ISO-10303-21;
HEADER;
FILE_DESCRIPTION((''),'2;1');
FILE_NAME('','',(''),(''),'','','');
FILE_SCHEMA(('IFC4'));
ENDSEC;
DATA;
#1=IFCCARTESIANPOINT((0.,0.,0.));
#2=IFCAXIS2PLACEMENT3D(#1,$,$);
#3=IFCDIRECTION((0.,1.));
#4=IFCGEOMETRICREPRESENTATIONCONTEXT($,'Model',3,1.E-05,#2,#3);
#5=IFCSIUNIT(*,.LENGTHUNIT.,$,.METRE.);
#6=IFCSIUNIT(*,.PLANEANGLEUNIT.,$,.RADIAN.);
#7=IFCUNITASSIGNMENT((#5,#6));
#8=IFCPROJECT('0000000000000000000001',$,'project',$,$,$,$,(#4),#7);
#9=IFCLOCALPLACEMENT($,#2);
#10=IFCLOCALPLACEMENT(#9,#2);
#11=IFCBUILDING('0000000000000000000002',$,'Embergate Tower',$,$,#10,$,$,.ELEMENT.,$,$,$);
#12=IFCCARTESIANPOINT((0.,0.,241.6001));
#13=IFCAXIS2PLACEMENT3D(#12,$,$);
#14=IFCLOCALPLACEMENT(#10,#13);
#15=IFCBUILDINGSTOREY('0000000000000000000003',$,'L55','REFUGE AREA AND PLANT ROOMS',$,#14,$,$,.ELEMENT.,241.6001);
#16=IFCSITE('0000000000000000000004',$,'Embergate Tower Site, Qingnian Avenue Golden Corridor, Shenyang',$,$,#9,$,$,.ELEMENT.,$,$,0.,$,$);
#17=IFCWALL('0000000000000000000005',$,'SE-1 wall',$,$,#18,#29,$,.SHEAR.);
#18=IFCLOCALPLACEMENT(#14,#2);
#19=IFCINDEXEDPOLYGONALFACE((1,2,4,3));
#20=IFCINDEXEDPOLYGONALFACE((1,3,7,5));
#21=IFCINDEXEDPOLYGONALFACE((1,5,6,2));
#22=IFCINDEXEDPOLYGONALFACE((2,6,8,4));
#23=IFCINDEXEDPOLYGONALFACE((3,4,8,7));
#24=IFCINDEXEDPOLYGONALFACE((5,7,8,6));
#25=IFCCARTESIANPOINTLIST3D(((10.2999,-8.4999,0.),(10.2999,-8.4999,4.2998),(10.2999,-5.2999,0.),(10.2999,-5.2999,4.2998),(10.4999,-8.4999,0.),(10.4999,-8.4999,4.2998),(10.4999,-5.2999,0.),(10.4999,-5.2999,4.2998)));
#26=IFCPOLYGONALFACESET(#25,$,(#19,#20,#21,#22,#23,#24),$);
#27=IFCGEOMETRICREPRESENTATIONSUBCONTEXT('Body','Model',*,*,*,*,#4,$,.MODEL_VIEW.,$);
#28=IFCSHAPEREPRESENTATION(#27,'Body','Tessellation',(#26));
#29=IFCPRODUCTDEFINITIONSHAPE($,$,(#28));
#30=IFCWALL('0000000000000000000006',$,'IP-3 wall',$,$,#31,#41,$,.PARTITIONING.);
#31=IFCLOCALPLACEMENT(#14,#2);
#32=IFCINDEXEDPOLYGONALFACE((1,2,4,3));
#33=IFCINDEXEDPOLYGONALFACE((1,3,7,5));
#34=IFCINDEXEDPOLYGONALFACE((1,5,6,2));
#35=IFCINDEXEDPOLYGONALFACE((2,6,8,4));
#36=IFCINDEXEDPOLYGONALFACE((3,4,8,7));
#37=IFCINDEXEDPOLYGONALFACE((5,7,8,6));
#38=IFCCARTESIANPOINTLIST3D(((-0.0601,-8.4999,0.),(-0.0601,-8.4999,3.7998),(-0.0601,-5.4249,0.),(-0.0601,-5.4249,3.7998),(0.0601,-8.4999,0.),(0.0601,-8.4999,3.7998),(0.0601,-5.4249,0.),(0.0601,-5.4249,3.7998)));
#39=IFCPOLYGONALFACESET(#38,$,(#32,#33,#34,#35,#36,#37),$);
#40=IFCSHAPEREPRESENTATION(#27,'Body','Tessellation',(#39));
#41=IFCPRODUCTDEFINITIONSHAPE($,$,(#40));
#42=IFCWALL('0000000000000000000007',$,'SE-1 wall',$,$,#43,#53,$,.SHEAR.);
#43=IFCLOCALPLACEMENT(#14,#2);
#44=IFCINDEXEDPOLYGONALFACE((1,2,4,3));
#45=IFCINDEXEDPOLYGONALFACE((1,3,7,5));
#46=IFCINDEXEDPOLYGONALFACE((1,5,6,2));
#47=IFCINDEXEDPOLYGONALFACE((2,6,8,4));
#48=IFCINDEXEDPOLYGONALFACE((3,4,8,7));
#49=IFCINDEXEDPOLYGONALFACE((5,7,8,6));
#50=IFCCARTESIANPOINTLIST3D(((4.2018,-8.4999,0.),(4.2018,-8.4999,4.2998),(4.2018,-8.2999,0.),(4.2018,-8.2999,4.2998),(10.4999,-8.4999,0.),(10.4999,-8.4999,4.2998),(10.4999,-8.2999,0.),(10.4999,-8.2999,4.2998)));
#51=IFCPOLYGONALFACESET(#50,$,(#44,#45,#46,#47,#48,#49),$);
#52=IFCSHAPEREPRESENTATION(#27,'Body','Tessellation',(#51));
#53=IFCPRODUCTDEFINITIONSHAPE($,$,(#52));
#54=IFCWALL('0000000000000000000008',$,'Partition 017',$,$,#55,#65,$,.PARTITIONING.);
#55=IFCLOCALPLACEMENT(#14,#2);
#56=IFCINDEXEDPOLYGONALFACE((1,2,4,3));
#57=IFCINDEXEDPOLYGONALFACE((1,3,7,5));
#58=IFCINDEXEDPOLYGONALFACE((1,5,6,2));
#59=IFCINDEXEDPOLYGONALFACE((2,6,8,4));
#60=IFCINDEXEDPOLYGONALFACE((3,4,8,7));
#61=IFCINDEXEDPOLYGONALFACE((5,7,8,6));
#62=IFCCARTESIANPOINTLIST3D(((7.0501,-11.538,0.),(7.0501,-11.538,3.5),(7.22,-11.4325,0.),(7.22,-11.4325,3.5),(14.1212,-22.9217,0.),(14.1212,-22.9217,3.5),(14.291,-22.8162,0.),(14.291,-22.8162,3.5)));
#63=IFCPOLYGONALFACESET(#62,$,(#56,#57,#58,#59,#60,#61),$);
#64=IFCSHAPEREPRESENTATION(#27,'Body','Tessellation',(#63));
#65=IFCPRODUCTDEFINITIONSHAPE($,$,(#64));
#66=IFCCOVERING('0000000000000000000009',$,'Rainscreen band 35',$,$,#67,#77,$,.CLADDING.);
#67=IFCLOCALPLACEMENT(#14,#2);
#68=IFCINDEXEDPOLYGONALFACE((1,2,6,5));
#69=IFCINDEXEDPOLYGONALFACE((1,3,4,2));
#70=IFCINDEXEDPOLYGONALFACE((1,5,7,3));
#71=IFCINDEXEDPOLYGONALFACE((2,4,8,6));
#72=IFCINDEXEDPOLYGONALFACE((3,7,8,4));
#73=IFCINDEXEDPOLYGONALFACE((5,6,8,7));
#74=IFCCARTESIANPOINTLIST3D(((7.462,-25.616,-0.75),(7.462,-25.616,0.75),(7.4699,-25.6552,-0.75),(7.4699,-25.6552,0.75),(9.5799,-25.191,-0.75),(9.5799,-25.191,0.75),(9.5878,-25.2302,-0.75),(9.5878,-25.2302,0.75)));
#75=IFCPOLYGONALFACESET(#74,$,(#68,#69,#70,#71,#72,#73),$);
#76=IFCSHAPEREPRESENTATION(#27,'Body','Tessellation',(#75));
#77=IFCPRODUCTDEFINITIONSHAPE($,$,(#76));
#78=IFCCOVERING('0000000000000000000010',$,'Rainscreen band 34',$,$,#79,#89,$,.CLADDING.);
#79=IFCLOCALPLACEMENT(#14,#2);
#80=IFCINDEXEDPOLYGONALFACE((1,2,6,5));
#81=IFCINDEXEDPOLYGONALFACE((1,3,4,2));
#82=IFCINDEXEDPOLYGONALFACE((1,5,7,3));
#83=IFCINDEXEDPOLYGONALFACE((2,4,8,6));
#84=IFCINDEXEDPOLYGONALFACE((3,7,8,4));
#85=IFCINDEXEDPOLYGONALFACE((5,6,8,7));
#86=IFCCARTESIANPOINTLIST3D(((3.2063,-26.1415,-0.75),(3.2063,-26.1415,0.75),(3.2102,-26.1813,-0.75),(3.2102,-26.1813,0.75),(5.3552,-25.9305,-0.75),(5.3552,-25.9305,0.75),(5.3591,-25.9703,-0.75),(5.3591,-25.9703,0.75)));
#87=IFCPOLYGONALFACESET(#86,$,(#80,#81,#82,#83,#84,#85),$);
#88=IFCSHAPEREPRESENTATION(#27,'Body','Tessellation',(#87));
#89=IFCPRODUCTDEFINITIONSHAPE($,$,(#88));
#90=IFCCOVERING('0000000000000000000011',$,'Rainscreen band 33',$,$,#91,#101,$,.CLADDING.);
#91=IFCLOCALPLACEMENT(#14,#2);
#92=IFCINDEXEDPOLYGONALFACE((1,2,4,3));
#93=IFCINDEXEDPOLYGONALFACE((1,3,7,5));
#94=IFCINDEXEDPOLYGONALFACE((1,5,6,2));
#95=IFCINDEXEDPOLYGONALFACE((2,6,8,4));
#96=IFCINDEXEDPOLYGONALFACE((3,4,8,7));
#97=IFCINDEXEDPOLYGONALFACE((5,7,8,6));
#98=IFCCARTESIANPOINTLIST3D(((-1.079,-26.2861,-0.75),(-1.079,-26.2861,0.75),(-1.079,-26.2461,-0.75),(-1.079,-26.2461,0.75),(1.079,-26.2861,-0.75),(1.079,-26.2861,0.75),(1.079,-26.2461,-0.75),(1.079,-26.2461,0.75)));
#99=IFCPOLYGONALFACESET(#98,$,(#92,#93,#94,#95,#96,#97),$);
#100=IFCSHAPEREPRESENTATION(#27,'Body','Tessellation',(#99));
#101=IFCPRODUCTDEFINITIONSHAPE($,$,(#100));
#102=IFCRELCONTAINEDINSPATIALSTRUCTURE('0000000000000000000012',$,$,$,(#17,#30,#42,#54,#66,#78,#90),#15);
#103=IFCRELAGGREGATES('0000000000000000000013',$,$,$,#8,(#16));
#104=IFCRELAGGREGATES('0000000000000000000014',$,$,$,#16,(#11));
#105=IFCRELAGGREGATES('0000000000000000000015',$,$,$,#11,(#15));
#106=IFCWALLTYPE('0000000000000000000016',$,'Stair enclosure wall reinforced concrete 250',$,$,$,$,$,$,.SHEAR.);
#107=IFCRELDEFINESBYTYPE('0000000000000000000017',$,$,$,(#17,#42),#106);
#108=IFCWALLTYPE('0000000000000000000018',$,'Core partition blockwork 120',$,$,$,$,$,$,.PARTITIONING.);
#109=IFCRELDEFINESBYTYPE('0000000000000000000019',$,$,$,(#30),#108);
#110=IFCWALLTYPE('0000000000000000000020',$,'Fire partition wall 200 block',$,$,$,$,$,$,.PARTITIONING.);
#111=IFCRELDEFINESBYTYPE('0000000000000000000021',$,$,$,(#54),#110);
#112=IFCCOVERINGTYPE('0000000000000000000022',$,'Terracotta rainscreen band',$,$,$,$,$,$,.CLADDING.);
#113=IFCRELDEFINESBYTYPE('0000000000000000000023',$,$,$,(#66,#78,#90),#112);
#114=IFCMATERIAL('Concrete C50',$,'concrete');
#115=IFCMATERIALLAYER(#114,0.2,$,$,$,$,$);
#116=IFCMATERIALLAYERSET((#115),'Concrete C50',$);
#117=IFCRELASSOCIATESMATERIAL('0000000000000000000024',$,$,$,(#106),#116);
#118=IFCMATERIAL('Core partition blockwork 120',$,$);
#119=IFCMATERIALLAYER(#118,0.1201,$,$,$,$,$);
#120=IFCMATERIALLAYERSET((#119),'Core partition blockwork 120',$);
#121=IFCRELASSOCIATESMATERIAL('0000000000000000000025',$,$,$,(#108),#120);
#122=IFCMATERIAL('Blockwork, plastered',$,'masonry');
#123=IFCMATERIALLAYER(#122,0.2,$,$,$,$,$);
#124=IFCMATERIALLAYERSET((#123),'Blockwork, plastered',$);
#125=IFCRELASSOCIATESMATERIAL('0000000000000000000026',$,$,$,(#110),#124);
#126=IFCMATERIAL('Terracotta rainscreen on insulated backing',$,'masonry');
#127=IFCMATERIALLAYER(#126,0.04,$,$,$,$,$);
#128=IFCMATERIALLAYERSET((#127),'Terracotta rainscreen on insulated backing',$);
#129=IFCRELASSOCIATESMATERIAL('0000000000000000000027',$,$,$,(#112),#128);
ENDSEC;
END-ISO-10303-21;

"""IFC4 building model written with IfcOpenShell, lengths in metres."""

from ifc_helpers import new_model, si_unit, direction, frame, frame_2d, origin, origin_2d, place, context, subcontext, project, spatial, rectangle, extrude, source, transform, mapped, material, layer, layer_set, type_object, element, save


model = new_model("IFC4")

# Units and contexts
model_context = context("Model", 3, precision=1e-05, world=origin(), true_north=direction((0.0, 1.0)))
body_context = subcontext(model_context, "Body", "Model", "MODEL_VIEW")
ifc_project = project(units=[si_unit("LENGTHUNIT", "METRE"), si_unit("PLANEANGLEUNIT", "RADIAN")], contexts=[model_context])

# Site, building, storey
site_placement = place(None, origin())
site = spatial("IfcSite", under=ifc_project, at=site_placement, Name="Embergate Tower Site, Qingnian Avenue Golden Corridor, Shenyang", CompositionType="ELEMENT", RefElevation=0.0)
building_placement = place(site_placement, origin())
building = spatial("IfcBuilding", under=site, at=building_placement, Name="Embergate Tower", CompositionType="ELEMENT")
storey_placement = place(building_placement, frame((0.0, 0.0, 241.6001)))
storey = spatial("IfcBuildingStorey", under=building, at=storey_placement, Name="L55", Description="REFUGE AREA AND PLANT ROOMS", CompositionType="ELEMENT", Elevation=241.6001)

# Shared definitions
ifc_material_1 = material(Name="Concrete C50", Category="concrete")

# Walls
ifc_layer_1 = layer(ifc_material_1, 0.2)
ifc_layer_set_1 = layer_set([ifc_layer_1], Name="Concrete C50")
wall_type_1 = type_object("IfcWallType", Name="Stair enclosure wall reinforced concrete 250", PredefinedType="SHEAR", material=ifc_layer_set_1)
shared_shape_1 = source(origin(), body_context, "Body", "SweptSolid", [
    extrude(rectangle(XDim=3.2, YDim=0.2, at=frame_2d((1.6001, 0.0))), origin(), (0.0, 0.0, 1.0), 4.2998),
])
wall_1_placement = place(storey_placement, frame((10.3999, -8.5, 0.0), z_axis=(0.0, 0.0, 1.0), x_axis=(0.0, 1.0, 0.0)))
element("IfcWall", 1, at=wall_1_placement, inside=storey, type_object=wall_type_1, Name="SE-1 wall", PredefinedType="SHEAR", context=body_context, shape_type="MappedRepresentation", body=[
    mapped(shared_shape_1, transform((0.0, 0.0, 0.0))),
])
ifc_material_2 = material(Name="Core partition blockwork 120")
ifc_layer_2 = layer(ifc_material_2, 0.1201)
ifc_layer_set_2 = layer_set([ifc_layer_2], Name="Core partition blockwork 120")
wall_type_2 = type_object("IfcWallType", Name="Core partition blockwork 120", PredefinedType="PARTITIONING", material=ifc_layer_set_2)
shared_shape_2 = source(origin(), body_context, "Body", "SweptSolid", [
    extrude(rectangle(XDim=3.075, YDim=0.1201, at=frame_2d((1.5376, 0.0))), origin(), (0.0, 0.0, 1.0), 3.7998),
])
wall_2_placement = place(storey_placement, frame((0.0, -8.5, 0.0), z_axis=(0.0, 0.0, 1.0), x_axis=(0.0, 1.0, 0.0)))
element("IfcWall", 2, at=wall_2_placement, inside=storey, type_object=wall_type_2, Name="IP-3 wall", PredefinedType="PARTITIONING", context=body_context, shape_type="MappedRepresentation", body=[
    mapped(shared_shape_2, transform((0.0, 0.0, 0.0))),
])
shared_shape_3 = source(origin(), body_context, "Body", "SweptSolid", [
    extrude(rectangle(XDim=6.2981, YDim=0.2, at=frame_2d((3.1489, 0.0))), origin(), (0.0, 0.0, 1.0), 4.2998),
])
wall_3_placement = place(storey_placement, frame((4.2019, -8.3999, 0.0), z_axis=(0.0, 0.0, 1.0), x_axis=(1.0, 0.0, 0.0)))
element("IfcWall", 3, at=wall_3_placement, inside=storey, type_object=wall_type_1, Name="SE-1 wall", PredefinedType="SHEAR", context=body_context, shape_type="MappedRepresentation", body=[
    mapped(shared_shape_3, transform((0.0, 0.0, 0.0))),
])

# Shared definitions
ifc_material_3 = material(Name="Blockwork, plastered", Category="masonry")
ifc_layer_3 = layer(ifc_material_3, 0.2)
ifc_layer_set_3 = layer_set([ifc_layer_3], Name="Blockwork, plastered")
wall_type_3 = type_object("IfcWallType", Name="Fire partition wall 200 block", PredefinedType="PARTITIONING", material=ifc_layer_set_3)

# Wall
shared_shape_4 = source(origin(), body_context, "Body", "SweptSolid", [
    extrude(rectangle(XDim=13.4011, YDim=0.2, at=frame_2d((6.7007, 0.0))), origin(), (0.0, 0.0, 1.0), 3.5),
])
wall_4_placement = place(storey_placement, frame((7.135, -11.4851, 0.0), z_axis=(0.0, 0.0, 1.0), x_axis=(0.527645, -0.849465, 0.0)))
element("IfcWall", 4, at=wall_4_placement, inside=storey, type_object=wall_type_3, Name="Partition 017", PredefinedType="PARTITIONING", context=body_context, shape_type="MappedRepresentation", body=[
    mapped(shared_shape_4, transform((0.0, 0.0, 0.0))),
])

# Coverings
ifc_material_4 = material(Name="Terracotta rainscreen on insulated backing", Category="masonry")
ifc_layer_4 = layer(ifc_material_4, 0.04)
ifc_layer_set_4 = layer_set([ifc_layer_4], Name="Terracotta rainscreen on insulated backing")
covering_type = type_object("IfcCoveringType", Name="Terracotta rainscreen band", PredefinedType="CLADDING", material=ifc_layer_set_4)
shared_shape_5 = source(origin(), body_context, "Body", "SweptSolid", [
    extrude(rectangle(XDim=2.1602, YDim=0.04, at=origin_2d()), origin(), (0.0, 0.0, 1.0), 1.5),
])
covering_1_placement = place(storey_placement, frame((8.5249, -25.4231, -0.75), z_axis=(0.0, 0.0, 1.0), x_axis=(0.980456, 0.196739, 0.0)))
element("IfcCovering", 5, at=covering_1_placement, inside=storey, type_object=covering_type, Name="Rainscreen band 35", PredefinedType="CLADDING", context=body_context, shape_type="MappedRepresentation", body=[
    mapped(shared_shape_5, transform((0.0, 0.0, 0.0))),
])
shared_shape_6 = source(origin(), body_context, "Body", "SweptSolid", [
    extrude(rectangle(XDim=2.1592, YDim=0.04, at=origin_2d()), origin(), (0.0, 0.0, 1.0), 1.5),
])
covering_2_placement = place(storey_placement, frame((4.2827, -26.0559, -0.75), z_axis=(0.0, 0.0, 1.0), x_axis=(0.995214, 0.097715, 0.0)))
element("IfcCovering", 6, at=covering_2_placement, inside=storey, type_object=covering_type, Name="Rainscreen band 34", PredefinedType="CLADDING", context=body_context, shape_type="MappedRepresentation", body=[
    mapped(shared_shape_6, transform((0.0, 0.0, 0.0))),
])
shared_shape_7 = source(origin(), body_context, "Body", "SweptSolid", [
    extrude(rectangle(XDim=2.158, YDim=0.04, at=origin_2d()), origin(), (0.0, 0.0, 1.0), 1.5),
])
covering_3_placement = place(storey_placement, frame((0.0, -26.2661, -0.75), z_axis=(0.0, 0.0, 1.0), x_axis=(1.0, 0.0, 0.0)))
element("IfcCovering", 7, at=covering_3_placement, inside=storey, type_object=covering_type, Name="Rainscreen band 33", PredefinedType="CLADDING", context=body_context, shape_type="MappedRepresentation", body=[
    mapped(shared_shape_7, transform((0.0, 0.0, 0.0))),
])

save(model, "model.ifc")
